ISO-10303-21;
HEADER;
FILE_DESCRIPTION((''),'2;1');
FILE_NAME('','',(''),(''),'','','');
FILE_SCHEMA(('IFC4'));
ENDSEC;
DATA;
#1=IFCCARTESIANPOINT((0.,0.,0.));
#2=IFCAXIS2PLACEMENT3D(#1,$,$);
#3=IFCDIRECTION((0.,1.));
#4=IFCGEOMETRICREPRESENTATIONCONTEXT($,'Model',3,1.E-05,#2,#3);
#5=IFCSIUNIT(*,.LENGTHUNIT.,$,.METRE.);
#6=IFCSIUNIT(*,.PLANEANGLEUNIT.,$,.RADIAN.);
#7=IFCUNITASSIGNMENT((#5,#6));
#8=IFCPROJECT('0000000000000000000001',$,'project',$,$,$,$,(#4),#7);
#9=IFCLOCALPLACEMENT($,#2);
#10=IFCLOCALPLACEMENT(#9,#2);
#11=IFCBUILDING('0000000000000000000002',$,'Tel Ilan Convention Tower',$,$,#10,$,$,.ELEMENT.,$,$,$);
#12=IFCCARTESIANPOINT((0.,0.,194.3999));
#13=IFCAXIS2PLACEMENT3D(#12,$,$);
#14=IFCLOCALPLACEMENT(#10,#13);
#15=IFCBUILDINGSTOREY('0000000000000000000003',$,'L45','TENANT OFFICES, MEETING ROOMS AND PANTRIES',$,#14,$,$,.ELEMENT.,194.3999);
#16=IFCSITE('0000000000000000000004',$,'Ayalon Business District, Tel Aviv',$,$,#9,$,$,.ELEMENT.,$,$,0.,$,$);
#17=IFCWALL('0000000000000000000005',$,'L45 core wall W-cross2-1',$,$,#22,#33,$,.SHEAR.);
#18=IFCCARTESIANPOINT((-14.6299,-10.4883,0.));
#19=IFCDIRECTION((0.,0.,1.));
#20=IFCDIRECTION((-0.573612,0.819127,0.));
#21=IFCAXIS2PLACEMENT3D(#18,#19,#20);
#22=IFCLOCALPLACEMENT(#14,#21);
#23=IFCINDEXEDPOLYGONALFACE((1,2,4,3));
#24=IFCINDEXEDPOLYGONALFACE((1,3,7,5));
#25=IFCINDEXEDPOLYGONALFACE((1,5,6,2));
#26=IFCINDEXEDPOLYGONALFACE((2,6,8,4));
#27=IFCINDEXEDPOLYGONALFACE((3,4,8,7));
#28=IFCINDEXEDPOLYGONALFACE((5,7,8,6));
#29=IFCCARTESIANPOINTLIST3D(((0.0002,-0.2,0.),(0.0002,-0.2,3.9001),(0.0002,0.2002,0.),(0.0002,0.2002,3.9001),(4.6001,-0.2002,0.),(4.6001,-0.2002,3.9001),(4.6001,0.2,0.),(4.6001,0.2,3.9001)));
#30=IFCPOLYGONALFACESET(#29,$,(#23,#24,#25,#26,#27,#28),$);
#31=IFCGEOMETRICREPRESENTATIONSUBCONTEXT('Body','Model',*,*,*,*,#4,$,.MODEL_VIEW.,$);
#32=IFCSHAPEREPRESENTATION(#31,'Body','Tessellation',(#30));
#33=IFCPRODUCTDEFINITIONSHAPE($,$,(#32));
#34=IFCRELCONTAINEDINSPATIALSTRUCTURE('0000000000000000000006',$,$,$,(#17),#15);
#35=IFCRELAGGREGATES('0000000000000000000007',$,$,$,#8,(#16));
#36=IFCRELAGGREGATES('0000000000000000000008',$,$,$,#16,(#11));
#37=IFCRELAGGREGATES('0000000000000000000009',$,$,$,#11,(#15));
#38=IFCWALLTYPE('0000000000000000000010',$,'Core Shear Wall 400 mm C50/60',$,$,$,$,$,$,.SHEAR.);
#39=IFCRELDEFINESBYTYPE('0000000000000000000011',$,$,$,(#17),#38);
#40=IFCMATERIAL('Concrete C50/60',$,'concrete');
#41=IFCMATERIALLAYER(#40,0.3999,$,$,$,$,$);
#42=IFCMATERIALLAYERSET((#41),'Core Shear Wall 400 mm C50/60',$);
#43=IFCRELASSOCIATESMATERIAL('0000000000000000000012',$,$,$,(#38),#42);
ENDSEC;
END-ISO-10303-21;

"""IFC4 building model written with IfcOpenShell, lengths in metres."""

from ifc_helpers import new_model, si_unit, direction, frame, origin, place, context, subcontext, project, spatial, polyline, outline, extrude, material, layer, layer_set, type_object, element, save


model = new_model("IFC4")

# Units and contexts
model_context = context("Model", 3, precision=1e-05, world=origin(), true_north=direction((0.0, 1.0)))
body_context = subcontext(model_context, "Body", "Model", "MODEL_VIEW")
ifc_project = project(units=[si_unit("LENGTHUNIT", "METRE"), si_unit("PLANEANGLEUNIT", "RADIAN")], contexts=[model_context])

# Site, building, storey
site_placement = place(None, origin())
site = spatial("IfcSite", under=ifc_project, at=site_placement, Name="Ayalon Business District, Tel Aviv", CompositionType="ELEMENT", RefElevation=0.0)
building_placement = place(site_placement, origin())
building = spatial("IfcBuilding", under=site, at=building_placement, Name="Tel Ilan Convention Tower", CompositionType="ELEMENT")
storey_placement = place(building_placement, frame((0.0, 0.0, 194.3999)))
storey = spatial("IfcBuildingStorey", under=building, at=storey_placement, Name="L45", Description="TENANT OFFICES, MEETING ROOMS AND PANTRIES", CompositionType="ELEMENT", Elevation=194.3999)

# Wall
ifc_material_1 = material(Name="Concrete C50/60", Category="concrete")
ifc_layer_1 = layer(ifc_material_1, 0.3999)
ifc_layer_set_1 = layer_set([ifc_layer_1], Name="Core Shear Wall 400 mm C50/60")
wall_type_1 = type_object("IfcWallType", Name="Core Shear Wall 400 mm C50/60", PredefinedType="SHEAR", material=ifc_layer_set_1)
wall_1_placement = place(storey_placement, frame((-14.6299, -10.4883, 0.0), z_axis=(0.0, 0.0, 1.0), x_axis=(-0.573612, 0.819127, 0.0)))
element("IfcWall", 1, at=wall_1_placement, inside=storey, type_object=wall_type_1, Name="L45 core wall W-cross2-1", PredefinedType="SHEAR", context=body_context, shape_type="SweptSolid", body=[
    extrude(outline(polyline([(4.6001, 0.2), (0.0002, 0.2002), (0.0002, -0.2), (4.6001, -0.2002), (4.6001, 0.2)])), origin(), (0.0, 0.0, 1.0), 3.9001),
])

save(model, "model.ifc")
